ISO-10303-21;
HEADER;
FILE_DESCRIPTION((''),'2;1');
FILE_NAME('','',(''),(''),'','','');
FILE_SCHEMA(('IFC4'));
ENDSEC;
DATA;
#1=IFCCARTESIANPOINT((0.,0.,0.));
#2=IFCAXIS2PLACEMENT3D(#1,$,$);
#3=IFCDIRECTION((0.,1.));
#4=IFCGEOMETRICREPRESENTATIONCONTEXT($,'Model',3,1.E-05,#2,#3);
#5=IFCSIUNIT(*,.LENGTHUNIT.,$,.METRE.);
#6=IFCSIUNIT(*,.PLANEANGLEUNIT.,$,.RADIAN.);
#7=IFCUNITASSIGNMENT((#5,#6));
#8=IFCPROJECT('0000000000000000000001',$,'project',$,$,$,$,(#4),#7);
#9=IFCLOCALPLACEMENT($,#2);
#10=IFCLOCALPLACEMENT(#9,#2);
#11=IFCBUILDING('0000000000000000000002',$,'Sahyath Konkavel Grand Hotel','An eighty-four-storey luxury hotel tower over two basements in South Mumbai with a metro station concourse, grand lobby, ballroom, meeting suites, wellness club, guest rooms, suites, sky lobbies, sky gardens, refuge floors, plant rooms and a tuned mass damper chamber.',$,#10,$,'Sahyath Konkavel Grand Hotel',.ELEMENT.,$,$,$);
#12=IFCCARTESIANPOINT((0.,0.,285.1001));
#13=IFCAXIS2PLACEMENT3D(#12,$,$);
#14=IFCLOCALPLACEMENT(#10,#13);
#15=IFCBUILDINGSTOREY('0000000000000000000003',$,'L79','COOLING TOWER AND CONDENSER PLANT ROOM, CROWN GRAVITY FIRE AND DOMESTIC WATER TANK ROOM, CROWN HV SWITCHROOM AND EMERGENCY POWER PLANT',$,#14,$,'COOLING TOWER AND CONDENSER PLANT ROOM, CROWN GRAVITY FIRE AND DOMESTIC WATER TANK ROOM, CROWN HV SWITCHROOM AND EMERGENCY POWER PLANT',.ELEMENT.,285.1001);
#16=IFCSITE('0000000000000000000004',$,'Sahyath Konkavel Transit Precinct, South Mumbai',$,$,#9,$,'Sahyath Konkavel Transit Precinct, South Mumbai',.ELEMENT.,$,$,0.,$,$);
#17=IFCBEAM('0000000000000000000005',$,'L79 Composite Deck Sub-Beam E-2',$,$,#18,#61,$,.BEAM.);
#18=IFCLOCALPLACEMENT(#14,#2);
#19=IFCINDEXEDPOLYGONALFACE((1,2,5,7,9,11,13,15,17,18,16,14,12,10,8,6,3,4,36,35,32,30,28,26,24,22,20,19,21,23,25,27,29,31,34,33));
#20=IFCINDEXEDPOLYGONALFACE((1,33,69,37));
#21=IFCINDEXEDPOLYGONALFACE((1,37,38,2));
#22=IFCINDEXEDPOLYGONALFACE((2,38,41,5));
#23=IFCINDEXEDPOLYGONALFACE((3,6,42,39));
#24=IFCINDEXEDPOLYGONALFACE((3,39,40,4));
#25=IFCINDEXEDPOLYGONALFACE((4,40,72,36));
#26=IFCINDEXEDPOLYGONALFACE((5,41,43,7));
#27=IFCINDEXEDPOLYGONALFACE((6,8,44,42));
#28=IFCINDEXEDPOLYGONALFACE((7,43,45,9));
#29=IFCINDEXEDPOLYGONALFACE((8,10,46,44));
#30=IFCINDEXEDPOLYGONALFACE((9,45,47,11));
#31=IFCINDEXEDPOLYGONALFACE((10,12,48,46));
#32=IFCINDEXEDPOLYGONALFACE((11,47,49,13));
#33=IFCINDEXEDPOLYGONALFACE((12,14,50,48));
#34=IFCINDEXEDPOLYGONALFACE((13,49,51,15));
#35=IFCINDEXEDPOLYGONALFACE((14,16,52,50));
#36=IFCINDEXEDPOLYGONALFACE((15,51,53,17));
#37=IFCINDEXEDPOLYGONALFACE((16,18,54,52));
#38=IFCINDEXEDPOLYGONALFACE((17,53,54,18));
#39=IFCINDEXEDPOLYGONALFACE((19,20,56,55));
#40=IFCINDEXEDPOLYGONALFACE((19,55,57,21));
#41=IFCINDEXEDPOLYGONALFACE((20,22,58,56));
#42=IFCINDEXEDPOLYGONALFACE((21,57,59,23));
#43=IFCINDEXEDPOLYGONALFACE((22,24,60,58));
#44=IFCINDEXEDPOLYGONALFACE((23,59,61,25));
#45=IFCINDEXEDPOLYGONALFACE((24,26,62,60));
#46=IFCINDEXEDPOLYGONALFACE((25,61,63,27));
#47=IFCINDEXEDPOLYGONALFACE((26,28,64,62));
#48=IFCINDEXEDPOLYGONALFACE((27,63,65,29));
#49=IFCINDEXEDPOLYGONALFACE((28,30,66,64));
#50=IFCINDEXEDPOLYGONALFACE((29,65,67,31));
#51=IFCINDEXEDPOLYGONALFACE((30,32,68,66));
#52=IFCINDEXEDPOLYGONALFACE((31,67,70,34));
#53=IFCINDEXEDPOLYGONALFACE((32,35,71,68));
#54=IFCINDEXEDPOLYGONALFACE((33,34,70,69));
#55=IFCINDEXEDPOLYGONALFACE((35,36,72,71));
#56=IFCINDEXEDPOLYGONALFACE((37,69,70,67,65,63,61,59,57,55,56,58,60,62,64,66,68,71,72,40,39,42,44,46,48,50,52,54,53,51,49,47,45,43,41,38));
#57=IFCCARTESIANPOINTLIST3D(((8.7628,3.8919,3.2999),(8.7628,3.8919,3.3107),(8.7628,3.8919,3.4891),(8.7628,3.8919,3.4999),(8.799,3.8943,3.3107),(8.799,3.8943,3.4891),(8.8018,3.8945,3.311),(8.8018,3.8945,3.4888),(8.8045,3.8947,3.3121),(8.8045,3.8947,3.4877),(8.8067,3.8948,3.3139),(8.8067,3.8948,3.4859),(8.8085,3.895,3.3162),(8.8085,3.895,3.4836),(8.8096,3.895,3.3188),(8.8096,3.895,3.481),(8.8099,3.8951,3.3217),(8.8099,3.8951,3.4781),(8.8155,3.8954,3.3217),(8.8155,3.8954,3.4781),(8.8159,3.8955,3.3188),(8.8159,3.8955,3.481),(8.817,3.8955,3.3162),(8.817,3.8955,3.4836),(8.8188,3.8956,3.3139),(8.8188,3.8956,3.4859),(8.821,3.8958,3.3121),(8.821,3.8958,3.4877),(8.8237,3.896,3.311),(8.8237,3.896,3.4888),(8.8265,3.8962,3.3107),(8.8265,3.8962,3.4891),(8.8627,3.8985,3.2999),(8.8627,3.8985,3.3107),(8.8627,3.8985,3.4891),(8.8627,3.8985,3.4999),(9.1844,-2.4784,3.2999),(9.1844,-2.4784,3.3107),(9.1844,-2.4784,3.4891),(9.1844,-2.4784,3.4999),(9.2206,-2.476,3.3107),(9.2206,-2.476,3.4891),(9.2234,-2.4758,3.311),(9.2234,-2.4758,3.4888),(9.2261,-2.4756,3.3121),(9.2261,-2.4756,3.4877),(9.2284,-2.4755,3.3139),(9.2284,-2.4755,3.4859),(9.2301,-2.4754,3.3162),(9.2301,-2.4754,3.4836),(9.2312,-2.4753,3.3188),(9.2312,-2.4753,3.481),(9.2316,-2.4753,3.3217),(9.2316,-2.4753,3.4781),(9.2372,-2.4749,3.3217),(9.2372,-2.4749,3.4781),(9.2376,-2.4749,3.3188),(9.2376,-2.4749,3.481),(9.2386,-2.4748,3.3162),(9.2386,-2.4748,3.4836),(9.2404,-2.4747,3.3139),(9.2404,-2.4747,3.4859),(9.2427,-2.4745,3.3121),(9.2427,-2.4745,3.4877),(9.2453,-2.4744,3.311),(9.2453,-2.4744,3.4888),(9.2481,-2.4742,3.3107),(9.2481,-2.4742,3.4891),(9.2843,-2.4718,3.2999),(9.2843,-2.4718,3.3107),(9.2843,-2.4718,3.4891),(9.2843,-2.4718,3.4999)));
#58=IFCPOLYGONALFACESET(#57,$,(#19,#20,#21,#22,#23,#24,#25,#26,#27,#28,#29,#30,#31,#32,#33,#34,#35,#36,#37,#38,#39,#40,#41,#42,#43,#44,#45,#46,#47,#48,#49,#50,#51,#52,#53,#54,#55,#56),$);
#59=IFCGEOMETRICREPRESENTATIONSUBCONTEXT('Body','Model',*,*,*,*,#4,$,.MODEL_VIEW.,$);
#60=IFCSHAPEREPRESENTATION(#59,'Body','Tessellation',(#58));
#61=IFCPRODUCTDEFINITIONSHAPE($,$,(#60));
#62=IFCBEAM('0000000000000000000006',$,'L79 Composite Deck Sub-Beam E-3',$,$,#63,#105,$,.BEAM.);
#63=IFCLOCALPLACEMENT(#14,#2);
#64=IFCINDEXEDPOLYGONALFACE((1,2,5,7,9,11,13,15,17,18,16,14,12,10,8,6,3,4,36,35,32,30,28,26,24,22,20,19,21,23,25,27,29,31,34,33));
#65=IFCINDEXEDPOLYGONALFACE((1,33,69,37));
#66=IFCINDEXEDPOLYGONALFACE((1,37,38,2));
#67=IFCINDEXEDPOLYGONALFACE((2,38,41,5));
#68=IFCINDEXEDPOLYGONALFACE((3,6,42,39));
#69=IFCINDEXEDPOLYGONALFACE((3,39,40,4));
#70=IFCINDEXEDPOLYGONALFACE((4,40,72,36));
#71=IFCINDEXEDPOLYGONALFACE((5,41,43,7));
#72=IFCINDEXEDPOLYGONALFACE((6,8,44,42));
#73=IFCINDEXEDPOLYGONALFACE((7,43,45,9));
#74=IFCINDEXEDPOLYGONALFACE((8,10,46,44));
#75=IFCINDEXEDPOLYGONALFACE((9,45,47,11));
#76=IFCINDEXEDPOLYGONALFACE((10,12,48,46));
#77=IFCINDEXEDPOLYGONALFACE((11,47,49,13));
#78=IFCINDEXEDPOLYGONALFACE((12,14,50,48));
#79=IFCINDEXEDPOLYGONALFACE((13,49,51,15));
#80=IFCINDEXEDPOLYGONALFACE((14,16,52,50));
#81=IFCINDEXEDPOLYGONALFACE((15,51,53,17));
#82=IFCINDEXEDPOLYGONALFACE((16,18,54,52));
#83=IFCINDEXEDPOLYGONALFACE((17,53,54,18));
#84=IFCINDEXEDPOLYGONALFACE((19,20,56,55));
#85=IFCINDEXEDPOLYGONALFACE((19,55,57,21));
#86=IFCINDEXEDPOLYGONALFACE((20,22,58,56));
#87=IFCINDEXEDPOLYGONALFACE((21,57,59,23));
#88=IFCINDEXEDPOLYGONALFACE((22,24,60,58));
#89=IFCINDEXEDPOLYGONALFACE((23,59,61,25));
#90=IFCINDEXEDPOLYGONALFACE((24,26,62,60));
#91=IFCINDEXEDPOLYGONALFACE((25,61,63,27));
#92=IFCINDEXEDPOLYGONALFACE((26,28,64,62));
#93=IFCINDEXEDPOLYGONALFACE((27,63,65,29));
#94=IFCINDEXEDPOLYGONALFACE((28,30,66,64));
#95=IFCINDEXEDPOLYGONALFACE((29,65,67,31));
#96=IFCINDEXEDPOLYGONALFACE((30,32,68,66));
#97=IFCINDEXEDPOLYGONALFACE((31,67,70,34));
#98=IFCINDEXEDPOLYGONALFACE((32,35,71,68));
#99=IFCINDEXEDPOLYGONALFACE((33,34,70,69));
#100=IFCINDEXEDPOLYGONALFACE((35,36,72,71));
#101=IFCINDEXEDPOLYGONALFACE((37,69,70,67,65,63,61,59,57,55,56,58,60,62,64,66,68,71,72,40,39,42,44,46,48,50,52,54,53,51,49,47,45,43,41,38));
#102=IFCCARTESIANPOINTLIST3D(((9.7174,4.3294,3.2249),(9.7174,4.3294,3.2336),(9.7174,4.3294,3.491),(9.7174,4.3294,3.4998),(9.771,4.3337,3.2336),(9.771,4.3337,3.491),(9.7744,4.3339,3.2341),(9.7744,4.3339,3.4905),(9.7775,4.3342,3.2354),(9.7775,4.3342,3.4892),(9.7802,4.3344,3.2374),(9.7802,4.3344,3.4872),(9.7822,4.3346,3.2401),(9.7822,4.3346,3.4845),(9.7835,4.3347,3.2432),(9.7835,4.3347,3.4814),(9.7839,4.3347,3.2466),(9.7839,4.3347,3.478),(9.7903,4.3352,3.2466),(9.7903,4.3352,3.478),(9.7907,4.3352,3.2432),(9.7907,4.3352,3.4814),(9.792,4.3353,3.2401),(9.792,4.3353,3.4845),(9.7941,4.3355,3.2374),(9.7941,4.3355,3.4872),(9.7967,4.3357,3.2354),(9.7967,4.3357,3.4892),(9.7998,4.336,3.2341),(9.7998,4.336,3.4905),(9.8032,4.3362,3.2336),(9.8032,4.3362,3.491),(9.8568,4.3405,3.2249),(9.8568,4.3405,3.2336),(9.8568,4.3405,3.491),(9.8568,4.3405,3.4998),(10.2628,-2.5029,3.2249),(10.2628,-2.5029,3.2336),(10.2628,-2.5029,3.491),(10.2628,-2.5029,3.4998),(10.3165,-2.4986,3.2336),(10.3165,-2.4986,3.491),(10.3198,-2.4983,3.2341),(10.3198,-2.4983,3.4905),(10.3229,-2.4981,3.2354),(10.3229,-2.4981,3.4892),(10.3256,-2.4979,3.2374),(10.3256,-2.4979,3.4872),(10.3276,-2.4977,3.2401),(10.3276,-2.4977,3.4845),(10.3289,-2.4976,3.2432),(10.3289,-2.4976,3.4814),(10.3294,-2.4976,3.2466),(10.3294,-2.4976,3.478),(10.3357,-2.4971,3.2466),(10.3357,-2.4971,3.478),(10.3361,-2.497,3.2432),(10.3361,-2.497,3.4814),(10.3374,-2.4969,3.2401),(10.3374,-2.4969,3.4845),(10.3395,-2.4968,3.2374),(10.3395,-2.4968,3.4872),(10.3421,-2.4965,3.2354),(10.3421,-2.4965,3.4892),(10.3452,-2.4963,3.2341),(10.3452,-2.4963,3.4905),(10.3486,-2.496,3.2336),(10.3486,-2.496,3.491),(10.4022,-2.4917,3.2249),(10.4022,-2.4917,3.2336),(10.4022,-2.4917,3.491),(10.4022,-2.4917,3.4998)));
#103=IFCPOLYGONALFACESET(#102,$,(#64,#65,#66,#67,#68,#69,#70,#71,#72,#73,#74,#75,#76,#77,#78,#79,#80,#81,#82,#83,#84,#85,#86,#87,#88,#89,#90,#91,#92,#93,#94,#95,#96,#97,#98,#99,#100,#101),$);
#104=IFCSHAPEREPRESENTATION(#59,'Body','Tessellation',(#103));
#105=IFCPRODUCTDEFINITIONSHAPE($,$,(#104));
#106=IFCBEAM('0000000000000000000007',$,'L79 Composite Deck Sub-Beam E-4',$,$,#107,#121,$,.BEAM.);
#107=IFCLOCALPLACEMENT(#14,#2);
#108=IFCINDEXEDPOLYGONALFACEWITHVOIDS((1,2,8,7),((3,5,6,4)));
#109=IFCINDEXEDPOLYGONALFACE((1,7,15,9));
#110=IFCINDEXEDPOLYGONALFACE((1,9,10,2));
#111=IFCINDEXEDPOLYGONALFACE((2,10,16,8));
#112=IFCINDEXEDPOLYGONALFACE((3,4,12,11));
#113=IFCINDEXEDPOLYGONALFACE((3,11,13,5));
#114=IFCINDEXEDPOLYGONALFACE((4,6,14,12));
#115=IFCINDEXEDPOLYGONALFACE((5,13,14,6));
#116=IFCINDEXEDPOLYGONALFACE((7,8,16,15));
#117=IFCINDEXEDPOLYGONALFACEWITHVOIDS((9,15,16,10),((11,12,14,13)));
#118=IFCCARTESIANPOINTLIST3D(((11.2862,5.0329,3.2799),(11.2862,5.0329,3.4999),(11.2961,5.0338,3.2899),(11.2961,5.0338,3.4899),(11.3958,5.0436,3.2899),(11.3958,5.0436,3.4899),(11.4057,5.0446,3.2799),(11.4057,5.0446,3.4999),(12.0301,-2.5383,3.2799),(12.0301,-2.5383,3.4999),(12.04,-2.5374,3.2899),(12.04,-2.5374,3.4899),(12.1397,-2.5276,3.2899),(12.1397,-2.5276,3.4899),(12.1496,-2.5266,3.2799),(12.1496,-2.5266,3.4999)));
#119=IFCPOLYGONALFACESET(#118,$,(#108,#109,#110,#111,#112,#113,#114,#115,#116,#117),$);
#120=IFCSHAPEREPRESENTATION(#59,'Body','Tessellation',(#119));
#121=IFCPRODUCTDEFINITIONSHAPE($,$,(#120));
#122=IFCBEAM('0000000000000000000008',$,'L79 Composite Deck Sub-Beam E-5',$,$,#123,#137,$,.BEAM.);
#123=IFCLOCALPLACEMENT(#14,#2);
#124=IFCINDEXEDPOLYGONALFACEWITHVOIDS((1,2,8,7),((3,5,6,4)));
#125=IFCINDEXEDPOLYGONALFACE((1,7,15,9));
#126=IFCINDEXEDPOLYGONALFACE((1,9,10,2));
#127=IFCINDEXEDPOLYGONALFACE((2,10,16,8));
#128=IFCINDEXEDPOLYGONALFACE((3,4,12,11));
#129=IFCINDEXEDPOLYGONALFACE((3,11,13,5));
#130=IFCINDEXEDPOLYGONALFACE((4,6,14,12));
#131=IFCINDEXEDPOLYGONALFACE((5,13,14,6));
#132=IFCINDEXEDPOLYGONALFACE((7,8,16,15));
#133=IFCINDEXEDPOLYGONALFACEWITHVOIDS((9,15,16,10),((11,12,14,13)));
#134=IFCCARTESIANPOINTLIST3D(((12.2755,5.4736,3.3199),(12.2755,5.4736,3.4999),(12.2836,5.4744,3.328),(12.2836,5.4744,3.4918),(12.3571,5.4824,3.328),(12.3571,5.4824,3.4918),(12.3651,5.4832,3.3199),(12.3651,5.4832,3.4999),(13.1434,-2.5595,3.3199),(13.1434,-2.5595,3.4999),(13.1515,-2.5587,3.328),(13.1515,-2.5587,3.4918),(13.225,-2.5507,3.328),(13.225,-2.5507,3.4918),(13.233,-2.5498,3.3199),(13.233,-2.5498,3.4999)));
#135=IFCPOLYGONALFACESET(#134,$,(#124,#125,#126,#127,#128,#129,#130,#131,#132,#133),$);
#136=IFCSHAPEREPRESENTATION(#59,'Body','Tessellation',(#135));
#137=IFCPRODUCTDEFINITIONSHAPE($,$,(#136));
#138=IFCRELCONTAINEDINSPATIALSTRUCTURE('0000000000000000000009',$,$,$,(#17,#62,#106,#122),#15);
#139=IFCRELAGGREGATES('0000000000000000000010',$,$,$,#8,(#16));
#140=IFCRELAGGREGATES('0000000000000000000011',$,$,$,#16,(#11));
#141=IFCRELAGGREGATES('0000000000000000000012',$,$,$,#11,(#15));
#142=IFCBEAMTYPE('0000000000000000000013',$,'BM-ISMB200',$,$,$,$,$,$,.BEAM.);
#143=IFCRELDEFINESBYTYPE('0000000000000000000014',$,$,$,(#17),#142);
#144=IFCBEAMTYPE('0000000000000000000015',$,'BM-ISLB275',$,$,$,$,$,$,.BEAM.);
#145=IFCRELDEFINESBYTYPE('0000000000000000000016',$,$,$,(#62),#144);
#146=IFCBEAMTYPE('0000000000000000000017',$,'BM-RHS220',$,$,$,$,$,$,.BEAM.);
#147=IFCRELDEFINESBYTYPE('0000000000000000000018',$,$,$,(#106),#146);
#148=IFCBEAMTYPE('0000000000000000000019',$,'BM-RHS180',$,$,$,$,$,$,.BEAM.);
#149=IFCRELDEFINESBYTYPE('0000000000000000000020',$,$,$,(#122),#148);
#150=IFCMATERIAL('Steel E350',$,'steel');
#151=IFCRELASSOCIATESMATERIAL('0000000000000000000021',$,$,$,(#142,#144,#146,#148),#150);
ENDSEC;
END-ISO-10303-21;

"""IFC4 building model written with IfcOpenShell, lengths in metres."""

from ifc_helpers import new_model, si_unit, direction, frame, origin, origin_2d, place, context, subcontext, project, spatial, hollow_rectangle, i_section, extrude, source, transform, mapped, material, material_profile, profile_set, type_object, element, save


model = new_model("IFC4")

# Units and contexts
model_context = context("Model", 3, precision=1e-05, world=origin(), true_north=direction((0.0, 1.0)))
body_context = subcontext(model_context, "Body", "Model", "MODEL_VIEW")
ifc_project = project(units=[si_unit("LENGTHUNIT", "METRE"), si_unit("PLANEANGLEUNIT", "RADIAN")], contexts=[model_context])

# Site, building, storey
site_placement = place(None, origin())
site = spatial("IfcSite", under=ifc_project, at=site_placement, Name="Sahyath Konkavel Transit Precinct, South Mumbai", LongName="Sahyath Konkavel Transit Precinct, South Mumbai", CompositionType="ELEMENT", RefElevation=0.0)
building_placement = place(site_placement, origin())
building = spatial("IfcBuilding", under=site, at=building_placement, Name="Sahyath Konkavel Grand Hotel", Description="An eighty-four-storey luxury hotel tower over two basements in South Mumbai with a metro station concourse, grand lobby, ballroom, meeting suites, wellness club, guest rooms, suites, sky lobbies, sky gardens, refuge floors, plant rooms and a tuned mass damper chamber.", LongName="Sahyath Konkavel Grand Hotel", CompositionType="ELEMENT")
storey_placement = place(building_placement, frame((0.0, 0.0, 285.1001)))
storey = spatial("IfcBuildingStorey", under=building, at=storey_placement, Name="L79", Description="COOLING TOWER AND CONDENSER PLANT ROOM, CROWN GRAVITY FIRE AND DOMESTIC WATER TANK ROOM, CROWN HV SWITCHROOM AND EMERGENCY POWER PLANT", LongName="COOLING TOWER AND CONDENSER PLANT ROOM, CROWN GRAVITY FIRE AND DOMESTIC WATER TANK ROOM, CROWN HV SWITCHROOM AND EMERGENCY POWER PLANT", CompositionType="ELEMENT", Elevation=285.1001)

# Beams
ifc_material_1 = material(Name="Steel E350", Category="steel")
ifc_material_profile_1 = material_profile(ifc_material_1, i_section(OverallWidth=0.1001, OverallDepth=0.2, WebThickness=0.0056, FlangeThickness=0.0107, FilletRadius=0.011, at=origin_2d()), Name="ISMB 200")
ifc_profile_set_1 = profile_set([ifc_material_profile_1], Name="Steel E350")
beam_type_1 = type_object("IfcBeamType", Name="BM-ISMB200", PredefinedType="BEAM", material=ifc_profile_set_1)
shared_shape_1 = source(origin(), body_context, "Body", "SweptSolid", [
    extrude(i_section(OverallWidth=0.1001, OverallDepth=0.2, WebThickness=0.0056, FlangeThickness=0.0107, FilletRadius=0.011, at=origin_2d()), origin(), (0.0, 0.0, 1.0), 6.3843),
])
beam_1_placement = place(storey_placement, frame((9.2344, -2.4751, 3.3999), z_axis=(-0.066042, 0.997817, 0.0), x_axis=(-0.997817, -0.066042, 0.0)))
element("IfcBeam", 1, at=beam_1_placement, inside=storey, type_object=beam_type_1, Name="L79 Composite Deck Sub-Beam E-2", PredefinedType="BEAM", context=body_context, shape_type="MappedRepresentation", body=[
    mapped(shared_shape_1, transform((0.0, 0.0, 0.0), scale=1.0)),
])
ifc_material_profile_2 = material_profile(ifc_material_1, i_section(OverallWidth=0.1399, OverallDepth=0.2749, WebThickness=0.0063, FlangeThickness=0.0088, FilletRadius=0.0129, at=origin_2d()), Name="ISLB 275")
ifc_profile_set_2 = profile_set([ifc_material_profile_2], Name="Steel E350")
beam_type_2 = type_object("IfcBeamType", Name="BM-ISLB275", PredefinedType="BEAM", material=ifc_profile_set_2)
shared_shape_2 = source(origin(), body_context, "Body", "SweptSolid", [
    extrude(i_section(OverallWidth=0.1399, OverallDepth=0.2749, WebThickness=0.0063, FlangeThickness=0.0088, FilletRadius=0.0129, at=origin_2d()), origin(), (0.0, 0.0, 1.0), 6.854),
])
beam_2_placement = place(storey_placement, frame((10.3325, -2.4973, 3.3623), z_axis=(-0.079575, 0.996829, 0.0), x_axis=(-0.996829, -0.079575, 0.0)))
element("IfcBeam", 2, at=beam_2_placement, inside=storey, type_object=beam_type_2, Name="L79 Composite Deck Sub-Beam E-3", PredefinedType="BEAM", context=body_context, shape_type="MappedRepresentation", body=[
    mapped(shared_shape_2, transform((0.0, 0.0, 0.0), scale=1.0)),
])
ifc_material_profile_3 = material_profile(ifc_material_1, hollow_rectangle(XDim=0.1201, YDim=0.22, WallThickness=0.01, at=origin_2d()), Name="RHS 220x120x10")
ifc_profile_set_3 = profile_set([ifc_material_profile_3], Name="Steel E350")
beam_type_3 = type_object("IfcBeamType", Name="BM-RHS220", PredefinedType="BEAM", material=ifc_profile_set_3)
shared_shape_3 = source(origin(), body_context, "Body", "SweptSolid", [
    extrude(hollow_rectangle(XDim=0.1201, YDim=0.22, WallThickness=0.01, at=origin_2d()), origin(), (0.0, 0.0, 1.0), 7.6077),
])
beam_3_placement = place(storey_placement, frame((12.0898, -2.5325, 3.3899), z_axis=(-0.097781, 0.995208, 0.0), x_axis=(-0.995208, -0.097781, 0.0)))
element("IfcBeam", 3, at=beam_3_placement, inside=storey, type_object=beam_type_3, Name="L79 Composite Deck Sub-Beam E-4", PredefinedType="BEAM", context=body_context, shape_type="MappedRepresentation", body=[
    mapped(shared_shape_3, transform((0.0, 0.0, 0.0), scale=1.0)),
])
ifc_material_profile_4 = material_profile(ifc_material_1, hollow_rectangle(XDim=0.0901, YDim=0.1799, WallThickness=0.0081, at=origin_2d()), Name="RHS 180x90x8")
ifc_profile_set_4 = profile_set([ifc_material_profile_4], Name="Steel E350")
beam_type_4 = type_object("IfcBeamType", Name="BM-RHS180", PredefinedType="BEAM", material=ifc_profile_set_4)
shared_shape_4 = source(origin(), body_context, "Body", "SweptSolid", [
    extrude(hollow_rectangle(XDim=0.0901, YDim=0.1799, WallThickness=0.0081, at=origin_2d()), origin(), (0.0, 0.0, 1.0), 8.0798),
])
beam_4_placement = place(storey_placement, frame((13.1882, -2.5547, 3.4099), z_axis=(-0.107416, 0.994214, 0.0), x_axis=(-0.994214, -0.107416, 0.0)))
element("IfcBeam", 4, at=beam_4_placement, inside=storey, type_object=beam_type_4, Name="L79 Composite Deck Sub-Beam E-5", PredefinedType="BEAM", context=body_context, shape_type="MappedRepresentation", body=[
    mapped(shared_shape_4, transform((0.0, 0.0, 0.0), scale=1.0)),
])

save(model, "model.ifc")
